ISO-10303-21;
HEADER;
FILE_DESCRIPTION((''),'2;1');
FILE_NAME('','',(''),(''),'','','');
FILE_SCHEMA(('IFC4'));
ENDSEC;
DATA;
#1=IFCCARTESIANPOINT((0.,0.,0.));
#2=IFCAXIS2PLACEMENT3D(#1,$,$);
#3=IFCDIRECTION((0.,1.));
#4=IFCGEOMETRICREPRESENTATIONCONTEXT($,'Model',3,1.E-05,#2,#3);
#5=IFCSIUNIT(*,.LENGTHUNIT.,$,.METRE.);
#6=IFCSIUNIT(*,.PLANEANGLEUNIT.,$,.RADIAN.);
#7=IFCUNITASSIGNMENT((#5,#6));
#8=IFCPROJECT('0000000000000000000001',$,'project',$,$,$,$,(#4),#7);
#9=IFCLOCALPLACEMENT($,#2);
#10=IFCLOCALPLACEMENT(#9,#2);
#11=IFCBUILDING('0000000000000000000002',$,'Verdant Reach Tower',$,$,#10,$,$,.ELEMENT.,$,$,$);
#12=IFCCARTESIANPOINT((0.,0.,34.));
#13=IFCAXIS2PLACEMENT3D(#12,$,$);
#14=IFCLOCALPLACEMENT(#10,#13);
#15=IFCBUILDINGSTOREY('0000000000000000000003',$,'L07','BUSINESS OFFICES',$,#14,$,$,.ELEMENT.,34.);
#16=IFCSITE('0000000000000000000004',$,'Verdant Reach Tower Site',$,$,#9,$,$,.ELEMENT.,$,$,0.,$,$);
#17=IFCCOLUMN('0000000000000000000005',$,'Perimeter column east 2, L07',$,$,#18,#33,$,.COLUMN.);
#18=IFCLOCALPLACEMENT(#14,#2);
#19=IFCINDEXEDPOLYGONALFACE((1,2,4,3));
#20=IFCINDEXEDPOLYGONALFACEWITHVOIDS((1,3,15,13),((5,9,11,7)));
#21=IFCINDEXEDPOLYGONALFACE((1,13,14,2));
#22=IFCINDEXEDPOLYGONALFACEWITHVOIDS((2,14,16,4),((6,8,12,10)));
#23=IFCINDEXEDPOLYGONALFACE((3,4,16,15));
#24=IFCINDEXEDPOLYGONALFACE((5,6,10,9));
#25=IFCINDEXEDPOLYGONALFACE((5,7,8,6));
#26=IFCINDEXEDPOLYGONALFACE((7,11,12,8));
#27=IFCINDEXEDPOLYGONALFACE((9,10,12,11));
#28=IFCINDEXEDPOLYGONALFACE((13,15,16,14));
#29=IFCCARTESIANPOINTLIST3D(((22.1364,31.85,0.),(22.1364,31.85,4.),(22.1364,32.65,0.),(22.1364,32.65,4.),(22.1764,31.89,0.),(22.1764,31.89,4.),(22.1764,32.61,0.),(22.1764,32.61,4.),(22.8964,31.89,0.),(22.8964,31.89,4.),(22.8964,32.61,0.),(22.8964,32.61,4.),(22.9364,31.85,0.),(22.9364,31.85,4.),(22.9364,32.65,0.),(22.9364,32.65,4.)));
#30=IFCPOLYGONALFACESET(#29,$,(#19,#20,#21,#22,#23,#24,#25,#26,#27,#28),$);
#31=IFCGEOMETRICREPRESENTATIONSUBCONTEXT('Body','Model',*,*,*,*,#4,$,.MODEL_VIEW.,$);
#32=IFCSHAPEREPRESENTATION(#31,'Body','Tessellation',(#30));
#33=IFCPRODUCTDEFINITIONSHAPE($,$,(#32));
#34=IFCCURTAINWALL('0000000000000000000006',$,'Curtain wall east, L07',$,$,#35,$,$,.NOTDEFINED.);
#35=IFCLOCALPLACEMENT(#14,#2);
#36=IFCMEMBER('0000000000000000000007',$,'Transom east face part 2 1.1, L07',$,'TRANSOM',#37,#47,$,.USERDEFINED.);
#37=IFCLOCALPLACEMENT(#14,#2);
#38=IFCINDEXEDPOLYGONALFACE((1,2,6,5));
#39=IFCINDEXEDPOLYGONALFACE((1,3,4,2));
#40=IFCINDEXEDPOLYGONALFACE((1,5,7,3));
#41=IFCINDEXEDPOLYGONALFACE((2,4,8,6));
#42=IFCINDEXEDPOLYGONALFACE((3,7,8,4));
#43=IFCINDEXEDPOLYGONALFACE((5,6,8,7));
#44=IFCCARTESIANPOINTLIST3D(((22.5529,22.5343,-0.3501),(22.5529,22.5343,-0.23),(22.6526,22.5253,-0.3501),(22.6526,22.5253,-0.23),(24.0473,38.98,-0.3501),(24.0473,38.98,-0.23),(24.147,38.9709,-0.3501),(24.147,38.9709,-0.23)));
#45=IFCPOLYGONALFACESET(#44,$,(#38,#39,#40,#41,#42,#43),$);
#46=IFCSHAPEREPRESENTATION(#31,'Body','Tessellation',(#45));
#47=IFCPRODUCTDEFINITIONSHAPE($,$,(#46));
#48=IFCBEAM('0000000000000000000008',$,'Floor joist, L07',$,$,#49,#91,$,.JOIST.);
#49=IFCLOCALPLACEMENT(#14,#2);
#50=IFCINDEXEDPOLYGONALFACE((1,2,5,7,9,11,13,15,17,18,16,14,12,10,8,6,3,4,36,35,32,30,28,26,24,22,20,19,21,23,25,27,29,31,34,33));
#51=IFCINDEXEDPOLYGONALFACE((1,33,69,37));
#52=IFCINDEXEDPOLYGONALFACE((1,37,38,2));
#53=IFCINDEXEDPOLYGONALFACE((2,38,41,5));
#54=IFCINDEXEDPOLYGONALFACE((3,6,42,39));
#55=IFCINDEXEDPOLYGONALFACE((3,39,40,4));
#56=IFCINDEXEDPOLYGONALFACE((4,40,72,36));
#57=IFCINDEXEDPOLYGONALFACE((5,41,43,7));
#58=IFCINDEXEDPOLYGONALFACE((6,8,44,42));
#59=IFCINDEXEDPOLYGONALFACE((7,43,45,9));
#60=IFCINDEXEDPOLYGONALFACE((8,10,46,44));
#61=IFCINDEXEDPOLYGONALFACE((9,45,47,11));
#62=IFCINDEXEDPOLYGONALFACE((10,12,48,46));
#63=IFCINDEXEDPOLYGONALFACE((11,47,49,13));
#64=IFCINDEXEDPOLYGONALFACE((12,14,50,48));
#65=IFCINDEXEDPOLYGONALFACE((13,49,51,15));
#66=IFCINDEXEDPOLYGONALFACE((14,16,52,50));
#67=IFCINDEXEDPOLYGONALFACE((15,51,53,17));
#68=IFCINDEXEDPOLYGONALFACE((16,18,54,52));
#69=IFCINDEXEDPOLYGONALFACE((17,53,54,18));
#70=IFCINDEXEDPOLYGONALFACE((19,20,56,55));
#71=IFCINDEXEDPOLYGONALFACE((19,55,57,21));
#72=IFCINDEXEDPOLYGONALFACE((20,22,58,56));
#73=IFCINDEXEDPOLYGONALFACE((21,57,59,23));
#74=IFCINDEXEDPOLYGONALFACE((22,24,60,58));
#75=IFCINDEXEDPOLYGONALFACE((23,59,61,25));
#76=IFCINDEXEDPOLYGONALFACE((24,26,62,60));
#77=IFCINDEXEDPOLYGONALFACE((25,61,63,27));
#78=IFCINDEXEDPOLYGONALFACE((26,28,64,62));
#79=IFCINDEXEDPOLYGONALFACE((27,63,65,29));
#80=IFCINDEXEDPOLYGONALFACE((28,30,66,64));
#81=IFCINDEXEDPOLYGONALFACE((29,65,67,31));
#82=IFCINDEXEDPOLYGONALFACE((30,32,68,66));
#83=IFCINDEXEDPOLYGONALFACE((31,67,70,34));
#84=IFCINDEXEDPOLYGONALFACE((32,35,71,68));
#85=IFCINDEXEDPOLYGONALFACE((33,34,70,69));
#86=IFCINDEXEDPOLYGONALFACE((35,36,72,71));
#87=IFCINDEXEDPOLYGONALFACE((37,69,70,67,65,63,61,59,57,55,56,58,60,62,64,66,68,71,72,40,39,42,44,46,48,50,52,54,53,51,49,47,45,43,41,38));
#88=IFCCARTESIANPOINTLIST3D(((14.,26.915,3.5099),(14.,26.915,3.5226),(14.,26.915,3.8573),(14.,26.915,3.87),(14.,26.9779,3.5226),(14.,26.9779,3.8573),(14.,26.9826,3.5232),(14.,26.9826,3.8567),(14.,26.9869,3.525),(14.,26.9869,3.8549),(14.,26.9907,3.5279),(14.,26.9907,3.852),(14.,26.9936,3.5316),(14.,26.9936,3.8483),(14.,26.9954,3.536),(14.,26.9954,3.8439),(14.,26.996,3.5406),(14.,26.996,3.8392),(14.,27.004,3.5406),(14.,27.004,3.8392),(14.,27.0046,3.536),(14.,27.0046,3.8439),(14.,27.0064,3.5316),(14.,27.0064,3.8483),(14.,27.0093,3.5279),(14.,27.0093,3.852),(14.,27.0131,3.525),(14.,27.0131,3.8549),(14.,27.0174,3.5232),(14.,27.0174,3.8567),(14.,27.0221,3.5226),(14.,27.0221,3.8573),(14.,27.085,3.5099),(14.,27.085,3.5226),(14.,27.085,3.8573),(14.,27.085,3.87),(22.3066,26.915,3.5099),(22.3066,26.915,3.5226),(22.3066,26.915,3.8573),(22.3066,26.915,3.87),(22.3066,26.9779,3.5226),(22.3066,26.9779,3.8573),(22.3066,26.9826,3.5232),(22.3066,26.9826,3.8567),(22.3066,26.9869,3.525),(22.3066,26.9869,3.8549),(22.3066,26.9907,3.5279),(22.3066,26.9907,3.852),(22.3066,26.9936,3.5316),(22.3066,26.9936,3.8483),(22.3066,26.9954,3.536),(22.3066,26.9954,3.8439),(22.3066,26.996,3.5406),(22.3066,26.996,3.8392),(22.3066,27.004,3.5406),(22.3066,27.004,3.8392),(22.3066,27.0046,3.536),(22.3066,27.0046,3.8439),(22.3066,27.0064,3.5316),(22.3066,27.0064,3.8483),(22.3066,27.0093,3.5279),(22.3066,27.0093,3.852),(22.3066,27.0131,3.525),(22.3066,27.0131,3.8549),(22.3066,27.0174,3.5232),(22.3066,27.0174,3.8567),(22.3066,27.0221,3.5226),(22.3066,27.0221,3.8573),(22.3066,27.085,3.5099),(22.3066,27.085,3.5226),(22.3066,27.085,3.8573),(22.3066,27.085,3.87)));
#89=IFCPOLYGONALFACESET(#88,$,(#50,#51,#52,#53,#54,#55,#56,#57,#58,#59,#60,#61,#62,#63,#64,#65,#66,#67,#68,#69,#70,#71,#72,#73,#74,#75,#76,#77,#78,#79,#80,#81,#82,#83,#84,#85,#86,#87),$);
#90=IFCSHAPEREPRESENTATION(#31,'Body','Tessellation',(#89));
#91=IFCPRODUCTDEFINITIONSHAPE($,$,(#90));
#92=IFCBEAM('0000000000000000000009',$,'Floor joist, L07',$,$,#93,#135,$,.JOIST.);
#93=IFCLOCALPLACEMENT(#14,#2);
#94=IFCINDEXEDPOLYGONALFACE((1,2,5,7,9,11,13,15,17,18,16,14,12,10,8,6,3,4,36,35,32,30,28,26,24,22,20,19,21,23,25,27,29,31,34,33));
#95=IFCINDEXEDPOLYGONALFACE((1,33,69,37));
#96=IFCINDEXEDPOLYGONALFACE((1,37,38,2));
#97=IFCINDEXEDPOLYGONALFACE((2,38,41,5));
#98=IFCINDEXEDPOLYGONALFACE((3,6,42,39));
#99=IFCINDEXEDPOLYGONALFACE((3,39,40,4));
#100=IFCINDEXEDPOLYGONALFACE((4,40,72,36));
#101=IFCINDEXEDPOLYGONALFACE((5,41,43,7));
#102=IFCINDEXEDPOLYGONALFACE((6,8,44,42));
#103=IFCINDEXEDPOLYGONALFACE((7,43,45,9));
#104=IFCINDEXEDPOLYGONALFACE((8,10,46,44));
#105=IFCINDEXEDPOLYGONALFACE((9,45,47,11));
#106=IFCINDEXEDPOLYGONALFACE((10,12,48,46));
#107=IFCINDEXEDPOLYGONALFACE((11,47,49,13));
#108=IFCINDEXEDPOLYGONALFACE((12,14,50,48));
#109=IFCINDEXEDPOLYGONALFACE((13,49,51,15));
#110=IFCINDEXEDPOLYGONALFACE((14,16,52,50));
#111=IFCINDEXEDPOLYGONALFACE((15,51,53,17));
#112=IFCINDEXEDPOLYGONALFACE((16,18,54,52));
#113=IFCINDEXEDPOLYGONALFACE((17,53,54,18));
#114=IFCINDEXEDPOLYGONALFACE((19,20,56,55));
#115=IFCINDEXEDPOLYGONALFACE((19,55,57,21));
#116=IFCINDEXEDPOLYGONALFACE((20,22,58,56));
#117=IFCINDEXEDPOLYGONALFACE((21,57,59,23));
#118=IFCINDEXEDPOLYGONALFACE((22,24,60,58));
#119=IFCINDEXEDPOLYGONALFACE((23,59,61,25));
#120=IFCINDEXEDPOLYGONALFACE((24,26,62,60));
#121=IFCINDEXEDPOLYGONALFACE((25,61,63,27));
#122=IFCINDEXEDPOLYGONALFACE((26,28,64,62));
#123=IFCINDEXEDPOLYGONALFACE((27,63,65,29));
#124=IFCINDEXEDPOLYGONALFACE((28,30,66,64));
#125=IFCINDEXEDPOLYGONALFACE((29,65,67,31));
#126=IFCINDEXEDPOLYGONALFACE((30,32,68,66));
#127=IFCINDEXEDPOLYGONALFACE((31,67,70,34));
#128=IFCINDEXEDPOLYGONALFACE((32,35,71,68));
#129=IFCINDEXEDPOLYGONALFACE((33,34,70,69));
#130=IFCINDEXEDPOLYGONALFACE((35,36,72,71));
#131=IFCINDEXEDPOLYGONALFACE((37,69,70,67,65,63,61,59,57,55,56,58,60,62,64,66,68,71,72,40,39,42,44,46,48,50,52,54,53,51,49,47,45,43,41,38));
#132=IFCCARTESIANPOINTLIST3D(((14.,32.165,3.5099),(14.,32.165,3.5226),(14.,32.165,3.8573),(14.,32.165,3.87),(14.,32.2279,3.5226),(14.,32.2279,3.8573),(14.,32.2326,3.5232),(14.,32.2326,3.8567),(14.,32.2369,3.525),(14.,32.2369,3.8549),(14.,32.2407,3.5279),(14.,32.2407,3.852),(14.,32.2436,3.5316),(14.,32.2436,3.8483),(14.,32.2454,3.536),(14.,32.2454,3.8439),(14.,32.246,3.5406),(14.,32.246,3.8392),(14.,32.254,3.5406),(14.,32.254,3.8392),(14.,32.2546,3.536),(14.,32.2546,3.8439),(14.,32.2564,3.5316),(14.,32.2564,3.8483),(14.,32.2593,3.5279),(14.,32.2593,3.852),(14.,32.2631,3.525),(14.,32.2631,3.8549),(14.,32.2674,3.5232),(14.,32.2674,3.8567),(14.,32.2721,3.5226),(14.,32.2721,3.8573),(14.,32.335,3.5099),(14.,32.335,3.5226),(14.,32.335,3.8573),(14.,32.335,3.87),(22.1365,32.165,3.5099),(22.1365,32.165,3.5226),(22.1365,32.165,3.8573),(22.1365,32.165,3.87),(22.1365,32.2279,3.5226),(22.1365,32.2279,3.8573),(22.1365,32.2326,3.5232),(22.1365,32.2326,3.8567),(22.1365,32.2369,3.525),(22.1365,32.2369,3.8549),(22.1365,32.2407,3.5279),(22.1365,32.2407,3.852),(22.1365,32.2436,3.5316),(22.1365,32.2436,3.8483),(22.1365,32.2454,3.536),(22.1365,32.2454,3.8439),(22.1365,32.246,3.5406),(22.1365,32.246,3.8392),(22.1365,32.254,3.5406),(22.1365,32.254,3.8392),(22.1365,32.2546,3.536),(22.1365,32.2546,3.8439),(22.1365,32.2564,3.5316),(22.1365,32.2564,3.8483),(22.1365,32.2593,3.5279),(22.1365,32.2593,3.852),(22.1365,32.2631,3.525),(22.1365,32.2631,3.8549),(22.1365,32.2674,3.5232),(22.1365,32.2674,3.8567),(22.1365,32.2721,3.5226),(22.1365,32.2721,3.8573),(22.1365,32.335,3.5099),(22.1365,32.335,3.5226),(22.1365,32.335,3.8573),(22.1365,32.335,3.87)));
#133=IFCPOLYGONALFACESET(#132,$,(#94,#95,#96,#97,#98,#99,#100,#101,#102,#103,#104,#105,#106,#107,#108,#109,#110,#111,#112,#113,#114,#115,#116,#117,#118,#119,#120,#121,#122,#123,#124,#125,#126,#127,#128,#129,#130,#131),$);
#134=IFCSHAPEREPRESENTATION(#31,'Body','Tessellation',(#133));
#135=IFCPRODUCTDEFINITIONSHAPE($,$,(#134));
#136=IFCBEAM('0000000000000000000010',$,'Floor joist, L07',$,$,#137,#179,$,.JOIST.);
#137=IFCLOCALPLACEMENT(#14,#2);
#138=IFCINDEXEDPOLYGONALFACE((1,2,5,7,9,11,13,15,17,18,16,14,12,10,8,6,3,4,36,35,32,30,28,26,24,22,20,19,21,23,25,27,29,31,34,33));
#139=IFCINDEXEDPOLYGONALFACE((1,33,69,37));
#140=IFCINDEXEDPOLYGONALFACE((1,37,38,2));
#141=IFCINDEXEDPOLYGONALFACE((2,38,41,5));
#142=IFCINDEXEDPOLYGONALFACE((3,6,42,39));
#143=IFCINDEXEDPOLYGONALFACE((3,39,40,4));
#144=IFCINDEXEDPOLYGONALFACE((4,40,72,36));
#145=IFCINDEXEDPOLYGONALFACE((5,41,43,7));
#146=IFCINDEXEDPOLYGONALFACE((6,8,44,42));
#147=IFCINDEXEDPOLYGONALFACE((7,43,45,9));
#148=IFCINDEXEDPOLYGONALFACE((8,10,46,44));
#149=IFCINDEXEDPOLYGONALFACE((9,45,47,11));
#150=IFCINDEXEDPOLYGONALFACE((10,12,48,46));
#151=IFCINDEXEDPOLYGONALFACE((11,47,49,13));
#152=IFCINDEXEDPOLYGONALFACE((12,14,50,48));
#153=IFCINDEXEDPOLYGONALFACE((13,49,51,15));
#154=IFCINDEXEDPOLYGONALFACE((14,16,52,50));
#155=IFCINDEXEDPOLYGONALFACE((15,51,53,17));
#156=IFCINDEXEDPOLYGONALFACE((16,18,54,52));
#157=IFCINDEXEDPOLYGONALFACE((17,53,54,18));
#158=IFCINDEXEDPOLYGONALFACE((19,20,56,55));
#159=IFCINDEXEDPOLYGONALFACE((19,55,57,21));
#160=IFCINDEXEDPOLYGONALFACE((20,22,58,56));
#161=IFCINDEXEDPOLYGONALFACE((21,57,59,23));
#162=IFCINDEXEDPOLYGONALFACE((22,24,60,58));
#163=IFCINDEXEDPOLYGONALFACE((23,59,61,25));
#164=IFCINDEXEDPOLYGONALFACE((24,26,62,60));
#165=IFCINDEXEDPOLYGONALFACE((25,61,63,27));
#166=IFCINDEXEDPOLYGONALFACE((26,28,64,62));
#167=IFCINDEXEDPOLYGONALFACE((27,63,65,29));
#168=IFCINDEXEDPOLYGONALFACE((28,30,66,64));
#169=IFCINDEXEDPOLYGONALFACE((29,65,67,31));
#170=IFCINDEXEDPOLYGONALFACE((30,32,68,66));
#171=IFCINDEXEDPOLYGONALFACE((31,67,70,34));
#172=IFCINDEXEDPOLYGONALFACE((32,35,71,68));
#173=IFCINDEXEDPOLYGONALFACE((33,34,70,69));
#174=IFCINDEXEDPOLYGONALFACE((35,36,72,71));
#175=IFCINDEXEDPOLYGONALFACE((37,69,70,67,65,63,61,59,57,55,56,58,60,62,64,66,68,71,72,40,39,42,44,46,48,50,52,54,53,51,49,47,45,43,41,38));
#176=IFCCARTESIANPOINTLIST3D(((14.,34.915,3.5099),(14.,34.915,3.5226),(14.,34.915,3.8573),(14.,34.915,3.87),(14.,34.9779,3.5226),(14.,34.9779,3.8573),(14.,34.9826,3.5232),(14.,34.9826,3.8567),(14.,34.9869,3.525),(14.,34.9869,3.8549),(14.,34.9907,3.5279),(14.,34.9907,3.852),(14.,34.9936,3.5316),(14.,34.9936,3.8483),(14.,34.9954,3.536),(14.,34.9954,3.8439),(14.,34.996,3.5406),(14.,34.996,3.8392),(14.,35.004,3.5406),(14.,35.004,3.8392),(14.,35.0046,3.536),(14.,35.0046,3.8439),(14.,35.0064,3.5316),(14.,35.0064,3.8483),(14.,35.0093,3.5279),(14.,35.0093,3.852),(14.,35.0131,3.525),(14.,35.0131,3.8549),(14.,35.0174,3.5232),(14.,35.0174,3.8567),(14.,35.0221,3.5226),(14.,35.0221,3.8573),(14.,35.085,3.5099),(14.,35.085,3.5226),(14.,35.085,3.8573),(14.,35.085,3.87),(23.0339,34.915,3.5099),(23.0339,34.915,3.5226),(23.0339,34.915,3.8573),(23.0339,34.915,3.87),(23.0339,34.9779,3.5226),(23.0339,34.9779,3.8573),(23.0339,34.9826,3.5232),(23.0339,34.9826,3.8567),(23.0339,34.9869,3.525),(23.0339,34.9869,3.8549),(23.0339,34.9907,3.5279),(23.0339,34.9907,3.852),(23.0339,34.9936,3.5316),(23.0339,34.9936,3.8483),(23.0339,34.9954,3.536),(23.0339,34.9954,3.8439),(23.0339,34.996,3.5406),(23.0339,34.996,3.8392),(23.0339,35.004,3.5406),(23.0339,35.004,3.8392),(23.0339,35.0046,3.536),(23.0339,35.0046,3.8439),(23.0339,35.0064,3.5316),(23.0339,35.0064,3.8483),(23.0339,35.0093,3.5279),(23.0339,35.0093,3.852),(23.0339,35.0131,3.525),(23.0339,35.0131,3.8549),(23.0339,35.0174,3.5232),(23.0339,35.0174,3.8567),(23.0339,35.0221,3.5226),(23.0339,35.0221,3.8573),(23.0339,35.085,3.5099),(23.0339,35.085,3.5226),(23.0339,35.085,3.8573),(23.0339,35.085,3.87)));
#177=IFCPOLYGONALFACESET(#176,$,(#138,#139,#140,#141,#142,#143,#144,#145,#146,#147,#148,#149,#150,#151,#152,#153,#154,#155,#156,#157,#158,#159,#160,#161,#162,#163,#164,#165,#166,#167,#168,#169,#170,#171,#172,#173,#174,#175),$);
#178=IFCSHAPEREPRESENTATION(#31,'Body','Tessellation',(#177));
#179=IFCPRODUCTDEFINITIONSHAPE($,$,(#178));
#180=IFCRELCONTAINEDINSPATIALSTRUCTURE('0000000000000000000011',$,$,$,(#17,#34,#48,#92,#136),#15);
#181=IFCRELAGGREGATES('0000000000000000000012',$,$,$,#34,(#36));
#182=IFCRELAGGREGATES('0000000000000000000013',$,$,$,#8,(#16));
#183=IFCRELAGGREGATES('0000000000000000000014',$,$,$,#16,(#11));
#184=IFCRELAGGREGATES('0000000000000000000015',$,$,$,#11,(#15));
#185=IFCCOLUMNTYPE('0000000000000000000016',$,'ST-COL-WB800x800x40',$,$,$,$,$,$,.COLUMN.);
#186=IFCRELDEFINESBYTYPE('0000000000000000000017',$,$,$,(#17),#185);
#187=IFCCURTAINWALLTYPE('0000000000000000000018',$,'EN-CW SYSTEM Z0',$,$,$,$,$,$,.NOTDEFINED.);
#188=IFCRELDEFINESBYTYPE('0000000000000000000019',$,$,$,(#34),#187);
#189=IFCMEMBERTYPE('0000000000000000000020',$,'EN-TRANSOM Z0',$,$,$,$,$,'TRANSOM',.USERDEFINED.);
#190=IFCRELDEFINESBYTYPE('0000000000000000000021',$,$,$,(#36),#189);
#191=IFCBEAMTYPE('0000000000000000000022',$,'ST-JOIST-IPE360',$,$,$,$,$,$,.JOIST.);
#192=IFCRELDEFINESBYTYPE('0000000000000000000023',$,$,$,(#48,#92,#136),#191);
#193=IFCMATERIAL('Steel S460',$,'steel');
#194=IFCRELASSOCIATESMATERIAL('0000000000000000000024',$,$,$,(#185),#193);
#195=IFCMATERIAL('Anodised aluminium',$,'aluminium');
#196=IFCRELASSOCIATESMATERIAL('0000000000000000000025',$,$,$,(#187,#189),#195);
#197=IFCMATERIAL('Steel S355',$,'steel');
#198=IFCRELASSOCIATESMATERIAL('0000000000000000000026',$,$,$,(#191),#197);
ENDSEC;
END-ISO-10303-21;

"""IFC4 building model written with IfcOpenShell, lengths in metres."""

from ifc_helpers import new_model, si_unit, direction, frame, origin, origin_2d, place, context, subcontext, project, spatial, rectangle, hollow_rectangle, i_section, extrude, material, material_profile, profile_set, type_object, element, aggregate, save


model = new_model("IFC4")

# Units and contexts
model_context = context("Model", 3, precision=1e-05, world=origin(), true_north=direction((0.0, 1.0)))
body_context = subcontext(model_context, "Body", "Model", "MODEL_VIEW")
ifc_project = project(units=[si_unit("LENGTHUNIT", "METRE"), si_unit("PLANEANGLEUNIT", "RADIAN")], contexts=[model_context])

# Site, building, storey
site_placement = place(None, origin())
site = spatial("IfcSite", under=ifc_project, at=site_placement, Name="Verdant Reach Tower Site", CompositionType="ELEMENT", RefElevation=0.0)
building_placement = place(site_placement, origin())
building = spatial("IfcBuilding", under=site, at=building_placement, Name="Verdant Reach Tower", CompositionType="ELEMENT")
storey_placement = place(building_placement, frame((0.0, 0.0, 34.0)))
storey = spatial("IfcBuildingStorey", under=building, at=storey_placement, Name="L07", Description="BUSINESS OFFICES", CompositionType="ELEMENT", Elevation=34.0)

# Column
ifc_material_1 = material(Name="Steel S460", Category="steel")
ifc_material_profile_1 = material_profile(ifc_material_1, hollow_rectangle(XDim=0.8, YDim=0.8, WallThickness=0.04, at=origin_2d()), Name="WB 800x800x40")
ifc_profile_set_1 = profile_set([ifc_material_profile_1], Name="Steel S460")
column_type = type_object("IfcColumnType", Name="ST-COL-WB800x800x40", PredefinedType="COLUMN", material=ifc_profile_set_1)
column_placement = place(storey_placement, frame((22.5364, 32.25, 0.0), z_axis=(0.0, 0.0, 1.0), x_axis=(1.0, 0.0, 0.0)))
element("IfcColumn", 1, at=column_placement, inside=storey, type_object=column_type, Name="Perimeter column east 2, L07", PredefinedType="COLUMN", context=body_context, shape_type="SweptSolid", body=[
    extrude(hollow_rectangle(XDim=0.8, YDim=0.8, WallThickness=0.04, at=origin_2d()), origin(), (0.0, 0.0, 1.0), 4.0),
])

# Curtain wall, member
ifc_material_2 = material(Name="Anodised aluminium", Category="aluminium")
curtain_wall_type = type_object("IfcCurtainWallType", Name="EN-CW SYSTEM Z0", PredefinedType="NOTDEFINED", material=ifc_material_2)
curtain_wall_placement = place(storey_placement, origin())
curtain_wall = element("IfcCurtainWall", 2, at=curtain_wall_placement, inside=storey, type_object=curtain_wall_type, Name="Curtain wall east, L07", PredefinedType="NOTDEFINED")
ifc_material_profile_2 = material_profile(ifc_material_2, rectangle(XDim=0.1001, YDim=0.1201, at=origin_2d()), Name="Transom 120x100")
ifc_profile_set_2 = profile_set([ifc_material_profile_2], Name="Anodised aluminium")
member_type = type_object("IfcMemberType", Name="EN-TRANSOM Z0", ElementType="TRANSOM", PredefinedType="USERDEFINED", material=ifc_profile_set_2)
member_placement = place(storey_placement, frame((22.6028, 22.5298, -0.29), z_axis=(0.090496, 0.995897, 0.0), x_axis=(-0.995897, 0.090496, 0.0)))
member = element("IfcMember", 3, at=member_placement, type_object=member_type, Name="Transom east face part 2 1.1, L07", ObjectType="TRANSOM", PredefinedType="USERDEFINED", context=body_context, shape_type="SweptSolid", body=[
    extrude(rectangle(XDim=0.1001, YDim=0.1201, at=origin_2d()), origin(), (0.0, 0.0, 1.0), 16.5134),
])

# Beams
ifc_material_3 = material(Name="Steel S355", Category="steel")
ifc_material_profile_3 = material_profile(ifc_material_3, i_section(OverallWidth=0.1699, OverallDepth=0.3601, WebThickness=0.0081, FlangeThickness=0.0127, FilletRadius=0.0181, at=origin_2d()), Name="IPE 360")
ifc_profile_set_3 = profile_set([ifc_material_profile_3], Name="Steel S355")
beam_type_1 = type_object("IfcBeamType", Name="ST-JOIST-IPE360", PredefinedType="JOIST", material=ifc_profile_set_3)
beam_1_placement = place(storey_placement, frame((14.0, 27.0, 3.6899), z_axis=(1.0, 0.0, 0.0), x_axis=(0.0, 1.0, 0.0)))
element("IfcBeam", 4, at=beam_1_placement, inside=storey, type_object=beam_type_1, Name="Floor joist, L07", PredefinedType="JOIST", context=body_context, shape_type="SweptSolid", body=[
    extrude(i_section(OverallWidth=0.1699, OverallDepth=0.3601, WebThickness=0.0081, FlangeThickness=0.0127, FilletRadius=0.0181, at=origin_2d()), origin(), (0.0, 0.0, 1.0), 8.3066),
])
beam_2_placement = place(storey_placement, frame((14.0, 32.25, 3.6899), z_axis=(1.0, 0.0, 0.0), x_axis=(0.0, 1.0, 0.0)))
element("IfcBeam", 5, at=beam_2_placement, inside=storey, type_object=beam_type_1, Name="Floor joist, L07", PredefinedType="JOIST", context=body_context, shape_type="SweptSolid", body=[
    extrude(i_section(OverallWidth=0.1699, OverallDepth=0.3601, WebThickness=0.0081, FlangeThickness=0.0127, FilletRadius=0.0181, at=origin_2d()), origin(), (0.0, 0.0, 1.0), 8.1365),
])
beam_3_placement = place(storey_placement, frame((14.0, 35.0, 3.6899), z_axis=(1.0, 0.0, 0.0), x_axis=(0.0, 1.0, 0.0)))
element("IfcBeam", 6, at=beam_3_placement, inside=storey, type_object=beam_type_1, Name="Floor joist, L07", PredefinedType="JOIST", context=body_context, shape_type="SweptSolid", body=[
    extrude(i_section(OverallWidth=0.1699, OverallDepth=0.3601, WebThickness=0.0081, FlangeThickness=0.0127, FilletRadius=0.0181, at=origin_2d()), origin(), (0.0, 0.0, 1.0), 9.0339),
])

aggregate(curtain_wall, [member])

save(model, "model.ifc")
